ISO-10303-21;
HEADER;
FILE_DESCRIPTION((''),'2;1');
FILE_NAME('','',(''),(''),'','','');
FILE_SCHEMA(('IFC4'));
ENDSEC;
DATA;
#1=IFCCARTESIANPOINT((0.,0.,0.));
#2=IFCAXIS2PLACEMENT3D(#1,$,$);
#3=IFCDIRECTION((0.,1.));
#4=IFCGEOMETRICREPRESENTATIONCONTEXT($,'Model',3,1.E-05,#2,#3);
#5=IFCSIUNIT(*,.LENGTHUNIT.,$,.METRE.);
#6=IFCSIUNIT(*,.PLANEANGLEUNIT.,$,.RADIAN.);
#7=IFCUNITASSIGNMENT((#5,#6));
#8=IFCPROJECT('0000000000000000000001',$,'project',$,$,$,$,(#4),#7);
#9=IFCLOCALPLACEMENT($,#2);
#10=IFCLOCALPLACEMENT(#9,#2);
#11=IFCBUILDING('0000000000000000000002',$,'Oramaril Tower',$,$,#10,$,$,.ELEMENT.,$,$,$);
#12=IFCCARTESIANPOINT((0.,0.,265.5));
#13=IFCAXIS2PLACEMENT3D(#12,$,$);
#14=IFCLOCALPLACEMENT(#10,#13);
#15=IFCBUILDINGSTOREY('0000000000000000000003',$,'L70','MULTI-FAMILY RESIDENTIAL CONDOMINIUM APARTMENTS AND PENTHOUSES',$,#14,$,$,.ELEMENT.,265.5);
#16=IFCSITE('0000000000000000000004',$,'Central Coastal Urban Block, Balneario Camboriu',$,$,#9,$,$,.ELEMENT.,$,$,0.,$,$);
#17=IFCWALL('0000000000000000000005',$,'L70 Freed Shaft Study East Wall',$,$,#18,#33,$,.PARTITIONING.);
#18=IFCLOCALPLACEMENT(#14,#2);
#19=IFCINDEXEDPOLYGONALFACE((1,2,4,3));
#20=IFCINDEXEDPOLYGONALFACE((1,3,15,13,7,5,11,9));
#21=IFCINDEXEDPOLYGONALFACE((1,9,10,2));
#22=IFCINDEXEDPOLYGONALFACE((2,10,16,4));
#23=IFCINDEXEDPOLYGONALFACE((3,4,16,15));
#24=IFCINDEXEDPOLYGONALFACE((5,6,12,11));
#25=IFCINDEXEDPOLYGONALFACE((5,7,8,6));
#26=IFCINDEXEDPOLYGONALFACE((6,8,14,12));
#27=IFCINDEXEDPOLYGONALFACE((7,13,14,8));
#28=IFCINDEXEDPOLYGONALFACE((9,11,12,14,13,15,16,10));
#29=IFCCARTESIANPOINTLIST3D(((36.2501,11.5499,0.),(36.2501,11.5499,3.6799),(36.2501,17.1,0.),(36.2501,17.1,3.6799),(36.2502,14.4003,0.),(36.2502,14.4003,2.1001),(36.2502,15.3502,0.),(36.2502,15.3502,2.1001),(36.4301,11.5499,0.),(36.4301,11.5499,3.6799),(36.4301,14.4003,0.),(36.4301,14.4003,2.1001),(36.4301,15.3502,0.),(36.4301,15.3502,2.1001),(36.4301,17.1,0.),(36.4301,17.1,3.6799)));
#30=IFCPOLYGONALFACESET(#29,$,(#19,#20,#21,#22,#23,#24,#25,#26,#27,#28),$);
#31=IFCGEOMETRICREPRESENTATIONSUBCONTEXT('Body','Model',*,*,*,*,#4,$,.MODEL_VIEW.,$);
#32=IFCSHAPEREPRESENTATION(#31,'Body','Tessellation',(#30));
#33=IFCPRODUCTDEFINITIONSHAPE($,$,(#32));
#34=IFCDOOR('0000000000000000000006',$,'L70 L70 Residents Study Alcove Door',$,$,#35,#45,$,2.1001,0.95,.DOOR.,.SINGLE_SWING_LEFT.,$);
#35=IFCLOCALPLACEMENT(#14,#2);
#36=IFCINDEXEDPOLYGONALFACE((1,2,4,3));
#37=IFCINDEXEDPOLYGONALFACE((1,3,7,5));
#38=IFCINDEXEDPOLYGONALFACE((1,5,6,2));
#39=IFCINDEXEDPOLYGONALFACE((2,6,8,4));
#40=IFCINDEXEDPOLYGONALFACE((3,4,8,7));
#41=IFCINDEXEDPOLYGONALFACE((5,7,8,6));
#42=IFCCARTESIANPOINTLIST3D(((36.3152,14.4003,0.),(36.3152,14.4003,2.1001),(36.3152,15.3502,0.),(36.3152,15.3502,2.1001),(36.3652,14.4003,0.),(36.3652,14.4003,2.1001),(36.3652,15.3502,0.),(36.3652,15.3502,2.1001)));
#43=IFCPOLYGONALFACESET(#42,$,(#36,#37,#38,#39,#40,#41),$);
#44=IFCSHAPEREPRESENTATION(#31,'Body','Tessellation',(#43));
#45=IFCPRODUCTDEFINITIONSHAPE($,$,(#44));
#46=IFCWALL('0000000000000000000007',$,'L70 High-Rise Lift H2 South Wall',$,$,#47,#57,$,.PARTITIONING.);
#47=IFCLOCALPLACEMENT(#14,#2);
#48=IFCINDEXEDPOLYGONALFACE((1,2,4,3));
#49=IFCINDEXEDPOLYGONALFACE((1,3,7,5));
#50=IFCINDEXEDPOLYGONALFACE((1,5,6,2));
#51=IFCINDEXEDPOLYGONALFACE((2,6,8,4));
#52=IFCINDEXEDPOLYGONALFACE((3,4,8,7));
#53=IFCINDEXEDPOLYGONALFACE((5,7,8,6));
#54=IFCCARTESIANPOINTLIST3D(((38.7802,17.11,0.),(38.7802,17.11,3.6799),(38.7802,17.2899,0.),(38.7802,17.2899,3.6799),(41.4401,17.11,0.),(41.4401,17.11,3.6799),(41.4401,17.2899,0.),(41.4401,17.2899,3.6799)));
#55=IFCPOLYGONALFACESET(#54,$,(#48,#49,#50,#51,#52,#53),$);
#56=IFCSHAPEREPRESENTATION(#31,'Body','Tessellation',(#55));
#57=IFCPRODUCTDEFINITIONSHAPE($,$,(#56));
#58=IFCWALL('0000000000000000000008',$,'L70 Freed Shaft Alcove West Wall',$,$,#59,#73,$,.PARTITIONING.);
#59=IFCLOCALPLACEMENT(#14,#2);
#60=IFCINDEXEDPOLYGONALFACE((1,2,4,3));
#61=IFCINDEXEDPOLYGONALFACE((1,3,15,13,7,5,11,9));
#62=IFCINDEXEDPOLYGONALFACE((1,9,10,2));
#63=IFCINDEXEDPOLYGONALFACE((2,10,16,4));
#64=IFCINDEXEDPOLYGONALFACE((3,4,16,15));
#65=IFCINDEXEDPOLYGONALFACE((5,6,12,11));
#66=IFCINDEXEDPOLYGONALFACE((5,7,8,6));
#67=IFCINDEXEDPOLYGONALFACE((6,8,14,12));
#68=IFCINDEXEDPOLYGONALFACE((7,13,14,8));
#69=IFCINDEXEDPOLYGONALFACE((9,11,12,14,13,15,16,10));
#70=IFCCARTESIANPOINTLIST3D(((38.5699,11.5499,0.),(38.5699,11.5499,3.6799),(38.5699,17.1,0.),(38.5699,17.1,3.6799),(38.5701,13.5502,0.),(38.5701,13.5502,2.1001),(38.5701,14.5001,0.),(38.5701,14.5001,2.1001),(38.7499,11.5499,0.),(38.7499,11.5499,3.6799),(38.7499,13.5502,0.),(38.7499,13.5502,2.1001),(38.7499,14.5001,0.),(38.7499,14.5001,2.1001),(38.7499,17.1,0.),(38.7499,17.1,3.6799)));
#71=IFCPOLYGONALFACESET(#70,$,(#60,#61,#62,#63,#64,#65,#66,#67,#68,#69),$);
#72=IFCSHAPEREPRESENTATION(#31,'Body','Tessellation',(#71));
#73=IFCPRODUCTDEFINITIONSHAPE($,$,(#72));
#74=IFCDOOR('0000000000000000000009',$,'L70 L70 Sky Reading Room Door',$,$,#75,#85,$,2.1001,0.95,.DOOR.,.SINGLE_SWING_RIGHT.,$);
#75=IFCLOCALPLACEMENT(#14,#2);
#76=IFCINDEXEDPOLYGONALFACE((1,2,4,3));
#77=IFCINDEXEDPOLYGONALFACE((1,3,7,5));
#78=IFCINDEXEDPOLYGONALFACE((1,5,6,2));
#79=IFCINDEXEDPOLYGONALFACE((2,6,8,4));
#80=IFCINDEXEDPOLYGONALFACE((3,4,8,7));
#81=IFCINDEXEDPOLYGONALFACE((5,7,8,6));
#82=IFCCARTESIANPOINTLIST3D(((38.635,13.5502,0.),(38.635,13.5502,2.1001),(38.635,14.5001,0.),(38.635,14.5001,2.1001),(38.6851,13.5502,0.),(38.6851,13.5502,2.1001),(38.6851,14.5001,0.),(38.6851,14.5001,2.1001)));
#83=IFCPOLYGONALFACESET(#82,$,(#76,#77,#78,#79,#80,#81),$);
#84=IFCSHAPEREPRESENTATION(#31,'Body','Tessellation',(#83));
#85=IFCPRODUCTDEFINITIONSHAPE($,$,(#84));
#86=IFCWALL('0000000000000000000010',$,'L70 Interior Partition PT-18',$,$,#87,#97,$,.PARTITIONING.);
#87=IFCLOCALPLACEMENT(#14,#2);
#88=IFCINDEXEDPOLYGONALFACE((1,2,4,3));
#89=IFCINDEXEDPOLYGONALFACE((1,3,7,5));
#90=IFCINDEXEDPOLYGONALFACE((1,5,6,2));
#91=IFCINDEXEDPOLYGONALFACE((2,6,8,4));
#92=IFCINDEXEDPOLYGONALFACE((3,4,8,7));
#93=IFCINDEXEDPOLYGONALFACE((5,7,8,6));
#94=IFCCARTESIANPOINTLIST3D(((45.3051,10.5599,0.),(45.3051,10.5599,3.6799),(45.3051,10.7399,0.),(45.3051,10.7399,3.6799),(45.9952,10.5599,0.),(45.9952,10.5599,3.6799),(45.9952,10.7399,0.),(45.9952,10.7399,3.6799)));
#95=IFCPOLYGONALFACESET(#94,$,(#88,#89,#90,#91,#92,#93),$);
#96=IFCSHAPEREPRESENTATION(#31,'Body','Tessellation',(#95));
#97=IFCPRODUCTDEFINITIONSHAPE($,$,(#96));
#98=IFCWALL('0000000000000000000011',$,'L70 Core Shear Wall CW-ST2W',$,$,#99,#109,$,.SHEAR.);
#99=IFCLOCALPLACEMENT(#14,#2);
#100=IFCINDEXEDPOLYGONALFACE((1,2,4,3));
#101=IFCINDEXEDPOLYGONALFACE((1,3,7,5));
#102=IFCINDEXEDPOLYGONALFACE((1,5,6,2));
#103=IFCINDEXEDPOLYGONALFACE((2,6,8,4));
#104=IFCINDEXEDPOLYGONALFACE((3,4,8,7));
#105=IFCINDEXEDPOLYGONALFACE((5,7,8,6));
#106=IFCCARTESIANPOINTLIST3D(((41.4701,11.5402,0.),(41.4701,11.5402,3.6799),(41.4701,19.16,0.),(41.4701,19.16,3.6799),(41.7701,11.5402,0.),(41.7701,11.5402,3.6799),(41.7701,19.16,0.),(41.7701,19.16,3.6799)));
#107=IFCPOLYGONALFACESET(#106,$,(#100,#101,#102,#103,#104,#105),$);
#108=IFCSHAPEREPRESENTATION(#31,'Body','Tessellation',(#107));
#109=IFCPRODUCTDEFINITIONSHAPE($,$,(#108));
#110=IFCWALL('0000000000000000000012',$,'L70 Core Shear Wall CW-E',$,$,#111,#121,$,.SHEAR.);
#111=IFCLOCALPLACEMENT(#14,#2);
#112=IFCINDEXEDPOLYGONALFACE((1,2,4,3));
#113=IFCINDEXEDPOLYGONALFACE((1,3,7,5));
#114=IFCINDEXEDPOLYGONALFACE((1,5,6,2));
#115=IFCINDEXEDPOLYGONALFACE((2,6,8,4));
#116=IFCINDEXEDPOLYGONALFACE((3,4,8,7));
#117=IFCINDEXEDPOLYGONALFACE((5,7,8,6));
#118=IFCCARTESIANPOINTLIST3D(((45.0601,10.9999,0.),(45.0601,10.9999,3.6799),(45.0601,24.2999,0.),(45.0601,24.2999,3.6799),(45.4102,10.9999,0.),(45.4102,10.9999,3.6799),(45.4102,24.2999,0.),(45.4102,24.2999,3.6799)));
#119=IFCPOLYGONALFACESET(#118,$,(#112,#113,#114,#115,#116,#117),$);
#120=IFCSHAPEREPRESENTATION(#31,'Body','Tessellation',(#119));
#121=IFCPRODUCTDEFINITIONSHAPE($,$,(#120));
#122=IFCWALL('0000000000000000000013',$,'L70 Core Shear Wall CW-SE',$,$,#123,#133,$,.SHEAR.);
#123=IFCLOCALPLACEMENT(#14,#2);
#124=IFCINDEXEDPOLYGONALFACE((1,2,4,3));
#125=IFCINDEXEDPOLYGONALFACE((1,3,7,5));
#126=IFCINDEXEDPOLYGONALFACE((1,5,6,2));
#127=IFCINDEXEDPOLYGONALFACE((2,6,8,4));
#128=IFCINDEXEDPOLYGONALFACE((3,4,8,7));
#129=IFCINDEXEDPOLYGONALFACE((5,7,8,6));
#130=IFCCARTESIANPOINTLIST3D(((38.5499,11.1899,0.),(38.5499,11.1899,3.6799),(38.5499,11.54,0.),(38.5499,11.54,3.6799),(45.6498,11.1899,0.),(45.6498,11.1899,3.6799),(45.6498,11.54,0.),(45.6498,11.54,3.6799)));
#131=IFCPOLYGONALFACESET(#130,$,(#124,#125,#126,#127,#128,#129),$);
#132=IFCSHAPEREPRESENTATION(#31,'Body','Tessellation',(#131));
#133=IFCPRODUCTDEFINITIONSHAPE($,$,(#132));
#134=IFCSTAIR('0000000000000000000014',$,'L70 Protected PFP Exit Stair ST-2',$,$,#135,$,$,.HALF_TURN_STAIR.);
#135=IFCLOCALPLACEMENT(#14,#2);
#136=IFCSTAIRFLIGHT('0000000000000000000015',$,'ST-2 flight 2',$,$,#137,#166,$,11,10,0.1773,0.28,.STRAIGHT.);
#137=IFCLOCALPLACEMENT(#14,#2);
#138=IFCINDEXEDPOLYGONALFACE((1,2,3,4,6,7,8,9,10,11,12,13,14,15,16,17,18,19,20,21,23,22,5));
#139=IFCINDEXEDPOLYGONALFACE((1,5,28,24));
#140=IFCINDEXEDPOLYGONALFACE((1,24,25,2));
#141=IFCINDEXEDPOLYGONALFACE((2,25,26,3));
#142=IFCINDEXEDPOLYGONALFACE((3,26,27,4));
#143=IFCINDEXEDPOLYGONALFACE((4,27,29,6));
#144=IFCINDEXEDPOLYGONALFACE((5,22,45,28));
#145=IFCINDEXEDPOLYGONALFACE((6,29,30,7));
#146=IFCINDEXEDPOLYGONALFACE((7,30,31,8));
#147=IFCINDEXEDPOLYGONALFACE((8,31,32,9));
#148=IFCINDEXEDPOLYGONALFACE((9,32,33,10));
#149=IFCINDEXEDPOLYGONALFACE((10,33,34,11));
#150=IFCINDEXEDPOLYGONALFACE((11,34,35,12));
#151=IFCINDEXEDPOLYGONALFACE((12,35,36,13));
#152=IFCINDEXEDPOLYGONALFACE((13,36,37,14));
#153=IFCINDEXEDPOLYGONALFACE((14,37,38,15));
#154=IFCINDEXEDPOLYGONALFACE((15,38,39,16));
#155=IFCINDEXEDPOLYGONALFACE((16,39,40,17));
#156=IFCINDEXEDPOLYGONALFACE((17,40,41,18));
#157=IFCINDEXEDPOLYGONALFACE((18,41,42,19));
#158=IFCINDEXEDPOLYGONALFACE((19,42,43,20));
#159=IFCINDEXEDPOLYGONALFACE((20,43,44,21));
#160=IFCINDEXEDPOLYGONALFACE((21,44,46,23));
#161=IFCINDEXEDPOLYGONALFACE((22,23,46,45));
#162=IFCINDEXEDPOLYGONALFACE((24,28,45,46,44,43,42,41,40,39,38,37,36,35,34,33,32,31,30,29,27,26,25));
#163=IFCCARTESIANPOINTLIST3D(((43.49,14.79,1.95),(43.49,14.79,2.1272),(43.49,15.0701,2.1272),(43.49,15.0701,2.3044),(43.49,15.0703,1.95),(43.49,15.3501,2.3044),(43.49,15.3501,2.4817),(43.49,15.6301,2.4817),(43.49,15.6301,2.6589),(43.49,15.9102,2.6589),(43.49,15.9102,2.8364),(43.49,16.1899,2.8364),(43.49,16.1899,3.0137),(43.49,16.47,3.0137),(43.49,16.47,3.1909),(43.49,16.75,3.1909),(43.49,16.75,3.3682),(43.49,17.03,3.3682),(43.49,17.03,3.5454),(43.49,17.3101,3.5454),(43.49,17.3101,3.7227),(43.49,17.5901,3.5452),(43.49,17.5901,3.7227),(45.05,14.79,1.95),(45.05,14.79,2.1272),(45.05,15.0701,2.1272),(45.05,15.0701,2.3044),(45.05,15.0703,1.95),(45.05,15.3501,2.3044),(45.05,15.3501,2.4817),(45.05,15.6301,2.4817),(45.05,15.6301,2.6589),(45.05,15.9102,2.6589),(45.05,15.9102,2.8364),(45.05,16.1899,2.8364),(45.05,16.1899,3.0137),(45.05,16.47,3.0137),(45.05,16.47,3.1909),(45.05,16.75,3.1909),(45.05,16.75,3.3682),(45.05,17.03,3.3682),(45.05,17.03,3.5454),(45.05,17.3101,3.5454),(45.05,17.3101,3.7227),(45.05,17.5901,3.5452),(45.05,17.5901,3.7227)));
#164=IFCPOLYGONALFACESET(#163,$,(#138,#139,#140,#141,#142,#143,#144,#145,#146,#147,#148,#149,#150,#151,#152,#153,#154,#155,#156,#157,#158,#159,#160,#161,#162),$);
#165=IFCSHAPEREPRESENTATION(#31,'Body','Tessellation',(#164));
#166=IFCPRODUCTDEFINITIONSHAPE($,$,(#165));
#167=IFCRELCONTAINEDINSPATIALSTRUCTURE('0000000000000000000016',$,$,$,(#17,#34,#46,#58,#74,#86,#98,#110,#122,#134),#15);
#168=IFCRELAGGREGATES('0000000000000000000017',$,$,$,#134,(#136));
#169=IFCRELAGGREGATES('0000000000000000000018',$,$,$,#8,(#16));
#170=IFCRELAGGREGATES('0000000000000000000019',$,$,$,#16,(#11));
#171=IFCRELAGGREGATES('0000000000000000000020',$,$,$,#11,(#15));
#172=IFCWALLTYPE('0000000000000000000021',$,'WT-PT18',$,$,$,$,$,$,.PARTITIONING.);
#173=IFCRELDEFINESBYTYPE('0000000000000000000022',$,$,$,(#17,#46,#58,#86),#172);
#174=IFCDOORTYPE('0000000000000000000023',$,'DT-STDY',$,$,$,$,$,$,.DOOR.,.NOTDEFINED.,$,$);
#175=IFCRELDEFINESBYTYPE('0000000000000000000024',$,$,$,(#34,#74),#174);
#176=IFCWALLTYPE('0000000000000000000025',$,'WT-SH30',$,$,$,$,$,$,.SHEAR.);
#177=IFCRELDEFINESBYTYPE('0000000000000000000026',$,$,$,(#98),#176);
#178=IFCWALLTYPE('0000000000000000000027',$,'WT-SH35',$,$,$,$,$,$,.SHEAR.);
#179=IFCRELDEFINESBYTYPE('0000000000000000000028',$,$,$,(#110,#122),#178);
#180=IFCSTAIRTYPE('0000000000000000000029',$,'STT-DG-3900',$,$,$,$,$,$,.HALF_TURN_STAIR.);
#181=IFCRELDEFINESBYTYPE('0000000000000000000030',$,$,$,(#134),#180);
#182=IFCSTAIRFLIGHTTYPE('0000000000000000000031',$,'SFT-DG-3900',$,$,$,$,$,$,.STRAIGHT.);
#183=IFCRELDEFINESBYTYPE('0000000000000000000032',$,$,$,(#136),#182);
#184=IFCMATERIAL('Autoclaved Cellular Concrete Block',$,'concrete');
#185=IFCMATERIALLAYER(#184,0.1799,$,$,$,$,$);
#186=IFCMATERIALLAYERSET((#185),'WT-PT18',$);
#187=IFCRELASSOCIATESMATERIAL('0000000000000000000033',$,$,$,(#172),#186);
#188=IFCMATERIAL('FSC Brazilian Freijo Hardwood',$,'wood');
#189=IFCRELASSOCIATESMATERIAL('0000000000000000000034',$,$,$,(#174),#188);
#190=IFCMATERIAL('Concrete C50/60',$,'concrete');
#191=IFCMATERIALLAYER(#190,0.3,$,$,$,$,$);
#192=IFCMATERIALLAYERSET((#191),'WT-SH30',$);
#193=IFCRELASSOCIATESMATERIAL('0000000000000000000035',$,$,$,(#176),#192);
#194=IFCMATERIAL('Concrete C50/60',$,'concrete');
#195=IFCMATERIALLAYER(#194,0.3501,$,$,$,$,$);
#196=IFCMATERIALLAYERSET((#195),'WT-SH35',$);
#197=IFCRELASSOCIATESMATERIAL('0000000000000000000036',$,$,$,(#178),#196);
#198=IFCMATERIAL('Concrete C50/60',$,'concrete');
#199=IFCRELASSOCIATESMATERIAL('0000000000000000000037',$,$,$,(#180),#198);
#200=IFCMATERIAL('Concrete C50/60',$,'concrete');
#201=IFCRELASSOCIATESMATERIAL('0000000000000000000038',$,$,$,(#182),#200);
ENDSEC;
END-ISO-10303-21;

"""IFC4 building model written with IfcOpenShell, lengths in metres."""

from ifc_helpers import new_model, si_unit, direction, frame, frame_2d, origin, place, context, subcontext, project, spatial, polyline, rectangle, outline, extrude, material, layer, layer_set, type_object, element, fill, aggregate, save


model = new_model("IFC4")

# Units and contexts
model_context = context("Model", 3, precision=1e-05, world=origin(), true_north=direction((0.0, 1.0)))
body_context = subcontext(model_context, "Body", "Model", "MODEL_VIEW")
ifc_project = project(units=[si_unit("LENGTHUNIT", "METRE"), si_unit("PLANEANGLEUNIT", "RADIAN")], contexts=[model_context])

# Site, building, storey
site_placement = place(None, origin())
site = spatial("IfcSite", under=ifc_project, at=site_placement, Name="Central Coastal Urban Block, Balneario Camboriu", CompositionType="ELEMENT", RefElevation=0.0)
building_placement = place(site_placement, origin())
building = spatial("IfcBuilding", under=site, at=building_placement, Name="Oramaril Tower", CompositionType="ELEMENT")
storey_placement = place(building_placement, frame((0.0, 0.0, 265.5)))
storey = spatial("IfcBuildingStorey", under=building, at=storey_placement, Name="L70", Description="MULTI-FAMILY RESIDENTIAL CONDOMINIUM APARTMENTS AND PENTHOUSES", CompositionType="ELEMENT", Elevation=265.5)

# Wall, opening, door
ifc_material_1 = material(Name="Autoclaved Cellular Concrete Block", Category="concrete")
ifc_layer_1 = layer(ifc_material_1, 0.1799)
ifc_layer_set_1 = layer_set([ifc_layer_1], Name="WT-PT18")
wall_type_1 = type_object("IfcWallType", Name="WT-PT18", PredefinedType="PARTITIONING", material=ifc_layer_set_1)
wall_1_placement = place(storey_placement, frame((36.3401, 11.55, 0.0), z_axis=(0.0, 0.0, 1.0), x_axis=(0.0, 1.0, 0.0)))
wall_1 = element("IfcWall", 1, at=wall_1_placement, inside=storey, type_object=wall_type_1, Name="L70 Freed Shaft Study East Wall", PredefinedType="PARTITIONING", context=body_context, shape_type="SweptSolid", body=[
    extrude(rectangle(XDim=5.55, YDim=0.1799, at=frame_2d((2.7749, 0.0))), origin(), (0.0, 0.0, 1.0), 3.6799),
])
opening_1_placement = place(wall_1_placement, frame((2.8501, 0.0, 0.0)))
opening_1 = element("IfcOpeningElement", 2, at=opening_1_placement, cuts=wall_1, PredefinedType="OPENING", context=body_context, shape_type="SweptSolid", body=[
    extrude(rectangle(XDim=0.95, YDim=2.1001, at=frame_2d((0.4751, 1.05))), frame((0.0, 0.0898, 0.0), z_axis=(0.0, -1.0, 0.0), x_axis=(1.0, 0.0, 0.0)), (0.0, 0.0, 1.0), 0.1799),
])
ifc_material_2 = material(Name="FSC Brazilian Freijo Hardwood", Category="wood")
door_type_1 = type_object("IfcDoorType", Name="DT-STDY", OperationType="NOTDEFINED", PredefinedType="DOOR", material=ifc_material_2)
door_1_placement = place(opening_1_placement, origin())
door_1 = element("IfcDoor", 3, at=door_1_placement, inside=storey, type_object=door_type_1, Name="L70 L70 Residents Study Alcove Door", OperationType="SINGLE_SWING_LEFT", OverallHeight=2.1001, OverallWidth=0.95, PredefinedType="DOOR", context=body_context, shape_type="SweptSolid", body=[
    extrude(rectangle(XDim=0.95, YDim=2.1001, at=frame_2d((0.4751, 1.05))), frame((0.0, 0.0249, 0.0), z_axis=(0.0, -1.0, 0.0), x_axis=(1.0, 0.0, 0.0)), (0.0, 0.0, 1.0), 0.05),
])
fill(opening_1, door_1)

# Wall
wall_2_placement = place(storey_placement, frame((38.78, 17.2, 0.0), z_axis=(0.0, 0.0, 1.0), x_axis=(1.0, 0.0, 0.0)))
element("IfcWall", 4, at=wall_2_placement, inside=storey, type_object=wall_type_1, Name="L70 High-Rise Lift H2 South Wall", PredefinedType="PARTITIONING", context=body_context, shape_type="SweptSolid", body=[
    extrude(rectangle(XDim=2.6599, YDim=0.1799, at=frame_2d((1.3301, 0.0))), origin(), (0.0, 0.0, 1.0), 3.6799),
])

# Wall, opening, door
wall_3_placement = place(storey_placement, frame((38.6599, 11.55, 0.0), z_axis=(0.0, 0.0, 1.0), x_axis=(0.0, 1.0, 0.0)))
wall_3 = element("IfcWall", 5, at=wall_3_placement, inside=storey, type_object=wall_type_1, Name="L70 Freed Shaft Alcove West Wall", PredefinedType="PARTITIONING", context=body_context, shape_type="SweptSolid", body=[
    extrude(rectangle(XDim=5.55, YDim=0.1799, at=frame_2d((2.7749, 0.0))), origin(), (0.0, 0.0, 1.0), 3.6799),
])
opening_2_placement = place(wall_3_placement, frame((2.0, 0.0, 0.0)))
opening_2 = element("IfcOpeningElement", 6, at=opening_2_placement, cuts=wall_3, PredefinedType="OPENING", context=body_context, shape_type="SweptSolid", body=[
    extrude(rectangle(XDim=0.95, YDim=2.1001, at=frame_2d((0.4751, 1.05))), frame((0.0, 0.0898, 0.0), z_axis=(0.0, -1.0, 0.0), x_axis=(1.0, 0.0, 0.0)), (0.0, 0.0, 1.0), 0.1799),
])
door_2_placement = place(opening_2_placement, origin())
door_2 = element("IfcDoor", 7, at=door_2_placement, inside=storey, type_object=door_type_1, Name="L70 L70 Sky Reading Room Door", OperationType="SINGLE_SWING_RIGHT", OverallHeight=2.1001, OverallWidth=0.95, PredefinedType="DOOR", context=body_context, shape_type="SweptSolid", body=[
    extrude(rectangle(XDim=0.95, YDim=2.1001, at=frame_2d((0.4751, 1.05))), frame((0.0, 0.0249, 0.0), z_axis=(0.0, -1.0, 0.0), x_axis=(1.0, 0.0, 0.0)), (0.0, 0.0, 1.0), 0.05),
])
fill(opening_2, door_2)

# Walls
wall_4_placement = place(storey_placement, frame((45.3049, 10.6499, 0.0), z_axis=(0.0, 0.0, 1.0), x_axis=(1.0, 0.0, 0.0)))
element("IfcWall", 8, at=wall_4_placement, inside=storey, type_object=wall_type_1, Name="L70 Interior Partition PT-18", PredefinedType="PARTITIONING", context=body_context, shape_type="SweptSolid", body=[
    extrude(rectangle(XDim=0.6902, YDim=0.1799, at=frame_2d((0.3452, 0.0))), origin(), (0.0, 0.0, 1.0), 3.6799),
])
ifc_material_3 = material(Name="Concrete C50/60", Category="concrete")
ifc_layer_2 = layer(ifc_material_3, 0.3)
ifc_layer_set_2 = layer_set([ifc_layer_2], Name="WT-SH30")
wall_type_2 = type_object("IfcWallType", Name="WT-SH30", PredefinedType="SHEAR", material=ifc_layer_set_2)
wall_5_placement = place(storey_placement, frame((41.6201, 11.54, 0.0), z_axis=(0.0, 0.0, 1.0), x_axis=(0.0, 1.0, 0.0)))
element("IfcWall", 9, at=wall_5_placement, inside=storey, type_object=wall_type_2, Name="L70 Core Shear Wall CW-ST2W", PredefinedType="SHEAR", context=body_context, shape_type="SweptSolid", body=[
    extrude(rectangle(XDim=7.6199, YDim=0.3, at=frame_2d((3.8101, 0.0))), origin(), (0.0, 0.0, 1.0), 3.6799),
])
ifc_material_4 = material(Name="Concrete C50/60", Category="concrete")
ifc_layer_3 = layer(ifc_material_4, 0.3501)
ifc_layer_set_3 = layer_set([ifc_layer_3], Name="WT-SH35")
wall_type_3 = type_object("IfcWallType", Name="WT-SH35", PredefinedType="SHEAR", material=ifc_layer_set_3)
wall_6_placement = place(storey_placement, frame((45.2351, 11.0, 0.0), z_axis=(0.0, 0.0, 1.0), x_axis=(0.0, 1.0, 0.0)))
element("IfcWall", 10, at=wall_6_placement, inside=storey, type_object=wall_type_3, Name="L70 Core Shear Wall CW-E", PredefinedType="SHEAR", context=body_context, shape_type="SweptSolid", body=[
    extrude(rectangle(XDim=13.3, YDim=0.3501, at=frame_2d((6.6499, 0.0))), origin(), (0.0, 0.0, 1.0), 3.6799),
])
wall_7_placement = place(storey_placement, frame((38.55, 11.365, 0.0), z_axis=(0.0, 0.0, 1.0), x_axis=(1.0, 0.0, 0.0)))
element("IfcWall", 11, at=wall_7_placement, inside=storey, type_object=wall_type_3, Name="L70 Core Shear Wall CW-SE", PredefinedType="SHEAR", context=body_context, shape_type="SweptSolid", body=[
    extrude(rectangle(XDim=7.0999, YDim=0.3501, at=frame_2d((3.5498, 0.0))), origin(), (0.0, 0.0, 1.0), 3.6799),
])

# Stair, stair flight
ifc_material_5 = material(Name="Concrete C50/60", Category="concrete")
stair_type = type_object("IfcStairType", Name="STT-DG-3900", PredefinedType="HALF_TURN_STAIR", material=ifc_material_5)
stair_placement = place(storey_placement, origin())
stair = element("IfcStair", 12, at=stair_placement, inside=storey, type_object=stair_type, Name="L70 Protected PFP Exit Stair ST-2", PredefinedType="HALF_TURN_STAIR")
ifc_material_6 = material(Name="Concrete C50/60", Category="concrete")
stair_flight_type = type_object("IfcStairFlightType", Name="SFT-DG-3900", PredefinedType="STRAIGHT", material=ifc_material_6)
stair_flight_placement = place(storey_placement, frame((44.27, 14.79, 1.95), z_axis=(0.0, 0.0, 1.0), x_axis=(0.0, 1.0, 0.0)))
stair_flight = element("IfcStairFlight", 13, at=stair_flight_placement, type_object=stair_flight_type, Name="ST-2 flight 2", NumberOfRisers=11, NumberOfTreads=10, PredefinedType="STRAIGHT", RiserHeight=0.1773, TreadLength=0.28, context=body_context, shape_type="SweptSolid", body=[
    extrude(outline(polyline([(0.0, 0.0), (0.0, 0.1772), (0.28, 0.1772), (0.28, 0.3545), (0.5601, 0.3545), (0.5601, 0.5317), (0.8401, 0.5317), (0.8401, 0.709), (1.1201, 0.709), (1.1201, 0.8865), (1.3999, 0.8865), (1.3999, 1.0637), (1.6799, 1.0637), (1.6799, 1.241), (1.96, 1.241), (1.96, 1.4182), (2.24, 1.4182), (2.24, 1.5955), (2.52, 1.5955), (2.52, 1.7727), (2.8, 1.7727), (2.8, 1.95), (2.8, 1.5952), (0.2803, 0.0), (0.0, 0.0)])), frame((0.0, 0.78, 0.0), z_axis=(0.0, -1.0, 0.0), x_axis=(1.0, 0.0, 0.0)), (0.0, 0.0, 1.0), 1.5601),
])
aggregate(stair, [stair_flight])

save(model, "model.ifc")
